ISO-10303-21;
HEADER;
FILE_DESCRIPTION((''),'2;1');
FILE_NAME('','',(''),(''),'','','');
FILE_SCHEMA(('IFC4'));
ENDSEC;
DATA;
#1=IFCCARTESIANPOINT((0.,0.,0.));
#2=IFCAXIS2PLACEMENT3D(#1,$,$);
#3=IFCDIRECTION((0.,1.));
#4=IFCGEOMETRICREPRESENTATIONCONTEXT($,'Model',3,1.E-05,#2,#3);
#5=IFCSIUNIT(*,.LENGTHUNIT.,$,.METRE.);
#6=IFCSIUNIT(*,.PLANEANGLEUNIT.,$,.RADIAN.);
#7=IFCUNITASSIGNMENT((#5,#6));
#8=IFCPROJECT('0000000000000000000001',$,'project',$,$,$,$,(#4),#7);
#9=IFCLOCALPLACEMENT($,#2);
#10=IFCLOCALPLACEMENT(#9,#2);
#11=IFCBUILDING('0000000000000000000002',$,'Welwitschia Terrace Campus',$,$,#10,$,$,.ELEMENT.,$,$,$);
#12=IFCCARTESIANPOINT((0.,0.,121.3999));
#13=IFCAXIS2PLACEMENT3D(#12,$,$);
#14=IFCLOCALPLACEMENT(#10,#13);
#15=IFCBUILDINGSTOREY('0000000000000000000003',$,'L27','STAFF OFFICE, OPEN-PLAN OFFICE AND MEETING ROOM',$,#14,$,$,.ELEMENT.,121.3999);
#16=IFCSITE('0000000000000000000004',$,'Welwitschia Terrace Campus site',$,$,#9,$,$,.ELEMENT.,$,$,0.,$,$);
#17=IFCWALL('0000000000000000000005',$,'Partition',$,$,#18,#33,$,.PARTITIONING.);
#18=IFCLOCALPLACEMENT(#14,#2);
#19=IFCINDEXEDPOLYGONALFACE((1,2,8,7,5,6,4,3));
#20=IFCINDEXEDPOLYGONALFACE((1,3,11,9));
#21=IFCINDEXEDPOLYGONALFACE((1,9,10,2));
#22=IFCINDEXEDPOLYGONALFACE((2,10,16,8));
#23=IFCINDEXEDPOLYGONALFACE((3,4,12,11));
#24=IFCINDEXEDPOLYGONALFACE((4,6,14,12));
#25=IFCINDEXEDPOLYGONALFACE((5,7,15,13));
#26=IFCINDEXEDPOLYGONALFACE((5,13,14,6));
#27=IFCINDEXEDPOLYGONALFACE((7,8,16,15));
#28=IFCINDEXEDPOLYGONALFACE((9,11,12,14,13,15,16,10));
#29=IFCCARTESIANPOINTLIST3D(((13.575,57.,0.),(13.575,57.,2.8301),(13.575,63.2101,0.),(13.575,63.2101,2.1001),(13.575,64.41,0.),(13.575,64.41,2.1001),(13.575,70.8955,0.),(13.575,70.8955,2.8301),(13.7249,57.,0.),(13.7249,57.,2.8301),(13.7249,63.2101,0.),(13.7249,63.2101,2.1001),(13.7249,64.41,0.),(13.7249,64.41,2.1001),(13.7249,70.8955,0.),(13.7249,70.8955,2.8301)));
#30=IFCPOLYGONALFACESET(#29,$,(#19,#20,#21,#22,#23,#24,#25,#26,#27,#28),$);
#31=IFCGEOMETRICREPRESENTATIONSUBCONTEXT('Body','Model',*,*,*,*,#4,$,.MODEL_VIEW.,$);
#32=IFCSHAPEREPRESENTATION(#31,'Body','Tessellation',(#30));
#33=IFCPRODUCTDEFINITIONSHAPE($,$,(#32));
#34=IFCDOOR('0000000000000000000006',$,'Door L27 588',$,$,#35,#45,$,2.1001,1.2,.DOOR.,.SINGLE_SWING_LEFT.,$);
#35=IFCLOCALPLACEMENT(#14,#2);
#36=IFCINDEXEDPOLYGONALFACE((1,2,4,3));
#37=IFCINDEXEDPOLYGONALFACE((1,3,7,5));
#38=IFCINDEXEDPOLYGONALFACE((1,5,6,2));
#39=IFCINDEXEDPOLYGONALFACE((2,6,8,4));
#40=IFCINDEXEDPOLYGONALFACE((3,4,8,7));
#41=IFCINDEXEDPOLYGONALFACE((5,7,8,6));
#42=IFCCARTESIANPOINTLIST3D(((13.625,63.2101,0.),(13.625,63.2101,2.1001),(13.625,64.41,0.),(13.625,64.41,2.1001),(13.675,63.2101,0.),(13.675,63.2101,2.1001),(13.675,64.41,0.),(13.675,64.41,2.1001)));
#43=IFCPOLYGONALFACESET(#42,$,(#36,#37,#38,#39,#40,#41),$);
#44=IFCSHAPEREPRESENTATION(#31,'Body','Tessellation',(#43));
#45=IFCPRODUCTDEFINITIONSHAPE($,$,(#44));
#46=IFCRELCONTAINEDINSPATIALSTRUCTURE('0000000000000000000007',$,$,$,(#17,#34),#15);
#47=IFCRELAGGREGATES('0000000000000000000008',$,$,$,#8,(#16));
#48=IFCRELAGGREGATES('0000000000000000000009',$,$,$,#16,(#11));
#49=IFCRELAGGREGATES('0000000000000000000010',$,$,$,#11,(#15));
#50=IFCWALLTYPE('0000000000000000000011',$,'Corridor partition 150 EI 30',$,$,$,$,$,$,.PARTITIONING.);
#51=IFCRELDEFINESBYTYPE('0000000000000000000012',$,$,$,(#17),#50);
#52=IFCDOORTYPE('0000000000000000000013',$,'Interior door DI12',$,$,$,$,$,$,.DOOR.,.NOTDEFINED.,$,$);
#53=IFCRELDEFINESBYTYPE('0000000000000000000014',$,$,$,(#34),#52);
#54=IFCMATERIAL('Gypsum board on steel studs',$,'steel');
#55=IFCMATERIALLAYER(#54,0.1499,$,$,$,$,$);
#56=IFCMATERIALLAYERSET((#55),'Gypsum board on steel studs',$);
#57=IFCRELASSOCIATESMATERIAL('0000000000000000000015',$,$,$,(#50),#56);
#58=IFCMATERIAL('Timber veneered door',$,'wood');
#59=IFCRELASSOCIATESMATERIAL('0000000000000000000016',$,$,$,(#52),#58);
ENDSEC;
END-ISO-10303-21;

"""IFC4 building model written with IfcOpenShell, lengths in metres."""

from ifc_helpers import new_model, si_unit, direction, frame, frame_2d, origin, place, context, subcontext, project, spatial, rectangle, extrude, material, layer, layer_set, type_object, element, fill, save


model = new_model("IFC4")

# Units and contexts
model_context = context("Model", 3, precision=1e-05, world=origin(), true_north=direction((0.0, 1.0)))
body_context = subcontext(model_context, "Body", "Model", "MODEL_VIEW")
ifc_project = project(units=[si_unit("LENGTHUNIT", "METRE"), si_unit("PLANEANGLEUNIT", "RADIAN")], contexts=[model_context])

# Site, building, storey
site_placement = place(None, origin())
site = spatial("IfcSite", under=ifc_project, at=site_placement, Name="Welwitschia Terrace Campus site", CompositionType="ELEMENT", RefElevation=0.0)
building_placement = place(site_placement, origin())
building = spatial("IfcBuilding", under=site, at=building_placement, Name="Welwitschia Terrace Campus", CompositionType="ELEMENT")
storey_placement = place(building_placement, frame((0.0, 0.0, 121.3999)))
storey = spatial("IfcBuildingStorey", under=building, at=storey_placement, Name="L27", Description="STAFF OFFICE, OPEN-PLAN OFFICE AND MEETING ROOM", CompositionType="ELEMENT", Elevation=121.3999)

# Shared definitions
ifc_material_1 = material(Name="Gypsum board on steel studs", Category="steel")
ifc_layer_1 = layer(ifc_material_1, 0.1499)
ifc_layer_set_1 = layer_set([ifc_layer_1], Name="Gypsum board on steel studs")
wall_type = type_object("IfcWallType", Name="Corridor partition 150 EI 30", PredefinedType="PARTITIONING", material=ifc_layer_set_1)

# Wall, opening, door
wall_1_placement = place(storey_placement, frame((13.6499, 57.0, 0.0), z_axis=(0.0, 0.0, 1.0), x_axis=(0.0, 1.0, 0.0)))
wall_1 = element("IfcWall", 1, at=wall_1_placement, inside=storey, type_object=wall_type, Name="Partition", PredefinedType="PARTITIONING", context=body_context, shape_type="SweptSolid", body=[
    extrude(rectangle(XDim=13.8955, YDim=0.1499, at=frame_2d((6.9478, 0.0))), origin(), (0.0, 0.0, 1.0), 2.8301),
])
opening_1_placement = place(wall_1_placement, frame((6.21, 0.0, 0.0)))
opening_1 = element("IfcOpeningElement", 2, at=opening_1_placement, cuts=wall_1, PredefinedType="OPENING", context=body_context, shape_type="SweptSolid", body=[
    extrude(rectangle(XDim=1.2, YDim=2.1001, at=frame_2d((0.6001, 1.05))), frame((0.0, 0.085, 0.0), z_axis=(0.0, -1.0, 0.0), x_axis=(1.0, 0.0, 0.0)), (0.0, 0.0, 1.0), 0.1699),
])
ifc_material_2 = material(Name="Timber veneered door", Category="wood")
door_type_1 = type_object("IfcDoorType", Name="Interior door DI12", OperationType="NOTDEFINED", PredefinedType="DOOR", material=ifc_material_2)
door_1_placement = place(opening_1_placement, origin())
door_1 = element("IfcDoor", 3, at=door_1_placement, inside=storey, type_object=door_type_1, Name="Door L27 588", OperationType="SINGLE_SWING_LEFT", OverallHeight=2.1001, OverallWidth=1.2, PredefinedType="DOOR", context=body_context, shape_type="SweptSolid", body=[
    extrude(rectangle(XDim=1.2, YDim=2.1001, at=frame_2d((0.6001, 1.05))), frame((0.0, 0.0249, 0.0), z_axis=(0.0, -1.0, 0.0), x_axis=(1.0, 0.0, 0.0)), (0.0, 0.0, 1.0), 0.05),
])
fill(opening_1, door_1)

save(model, "model.ifc")
